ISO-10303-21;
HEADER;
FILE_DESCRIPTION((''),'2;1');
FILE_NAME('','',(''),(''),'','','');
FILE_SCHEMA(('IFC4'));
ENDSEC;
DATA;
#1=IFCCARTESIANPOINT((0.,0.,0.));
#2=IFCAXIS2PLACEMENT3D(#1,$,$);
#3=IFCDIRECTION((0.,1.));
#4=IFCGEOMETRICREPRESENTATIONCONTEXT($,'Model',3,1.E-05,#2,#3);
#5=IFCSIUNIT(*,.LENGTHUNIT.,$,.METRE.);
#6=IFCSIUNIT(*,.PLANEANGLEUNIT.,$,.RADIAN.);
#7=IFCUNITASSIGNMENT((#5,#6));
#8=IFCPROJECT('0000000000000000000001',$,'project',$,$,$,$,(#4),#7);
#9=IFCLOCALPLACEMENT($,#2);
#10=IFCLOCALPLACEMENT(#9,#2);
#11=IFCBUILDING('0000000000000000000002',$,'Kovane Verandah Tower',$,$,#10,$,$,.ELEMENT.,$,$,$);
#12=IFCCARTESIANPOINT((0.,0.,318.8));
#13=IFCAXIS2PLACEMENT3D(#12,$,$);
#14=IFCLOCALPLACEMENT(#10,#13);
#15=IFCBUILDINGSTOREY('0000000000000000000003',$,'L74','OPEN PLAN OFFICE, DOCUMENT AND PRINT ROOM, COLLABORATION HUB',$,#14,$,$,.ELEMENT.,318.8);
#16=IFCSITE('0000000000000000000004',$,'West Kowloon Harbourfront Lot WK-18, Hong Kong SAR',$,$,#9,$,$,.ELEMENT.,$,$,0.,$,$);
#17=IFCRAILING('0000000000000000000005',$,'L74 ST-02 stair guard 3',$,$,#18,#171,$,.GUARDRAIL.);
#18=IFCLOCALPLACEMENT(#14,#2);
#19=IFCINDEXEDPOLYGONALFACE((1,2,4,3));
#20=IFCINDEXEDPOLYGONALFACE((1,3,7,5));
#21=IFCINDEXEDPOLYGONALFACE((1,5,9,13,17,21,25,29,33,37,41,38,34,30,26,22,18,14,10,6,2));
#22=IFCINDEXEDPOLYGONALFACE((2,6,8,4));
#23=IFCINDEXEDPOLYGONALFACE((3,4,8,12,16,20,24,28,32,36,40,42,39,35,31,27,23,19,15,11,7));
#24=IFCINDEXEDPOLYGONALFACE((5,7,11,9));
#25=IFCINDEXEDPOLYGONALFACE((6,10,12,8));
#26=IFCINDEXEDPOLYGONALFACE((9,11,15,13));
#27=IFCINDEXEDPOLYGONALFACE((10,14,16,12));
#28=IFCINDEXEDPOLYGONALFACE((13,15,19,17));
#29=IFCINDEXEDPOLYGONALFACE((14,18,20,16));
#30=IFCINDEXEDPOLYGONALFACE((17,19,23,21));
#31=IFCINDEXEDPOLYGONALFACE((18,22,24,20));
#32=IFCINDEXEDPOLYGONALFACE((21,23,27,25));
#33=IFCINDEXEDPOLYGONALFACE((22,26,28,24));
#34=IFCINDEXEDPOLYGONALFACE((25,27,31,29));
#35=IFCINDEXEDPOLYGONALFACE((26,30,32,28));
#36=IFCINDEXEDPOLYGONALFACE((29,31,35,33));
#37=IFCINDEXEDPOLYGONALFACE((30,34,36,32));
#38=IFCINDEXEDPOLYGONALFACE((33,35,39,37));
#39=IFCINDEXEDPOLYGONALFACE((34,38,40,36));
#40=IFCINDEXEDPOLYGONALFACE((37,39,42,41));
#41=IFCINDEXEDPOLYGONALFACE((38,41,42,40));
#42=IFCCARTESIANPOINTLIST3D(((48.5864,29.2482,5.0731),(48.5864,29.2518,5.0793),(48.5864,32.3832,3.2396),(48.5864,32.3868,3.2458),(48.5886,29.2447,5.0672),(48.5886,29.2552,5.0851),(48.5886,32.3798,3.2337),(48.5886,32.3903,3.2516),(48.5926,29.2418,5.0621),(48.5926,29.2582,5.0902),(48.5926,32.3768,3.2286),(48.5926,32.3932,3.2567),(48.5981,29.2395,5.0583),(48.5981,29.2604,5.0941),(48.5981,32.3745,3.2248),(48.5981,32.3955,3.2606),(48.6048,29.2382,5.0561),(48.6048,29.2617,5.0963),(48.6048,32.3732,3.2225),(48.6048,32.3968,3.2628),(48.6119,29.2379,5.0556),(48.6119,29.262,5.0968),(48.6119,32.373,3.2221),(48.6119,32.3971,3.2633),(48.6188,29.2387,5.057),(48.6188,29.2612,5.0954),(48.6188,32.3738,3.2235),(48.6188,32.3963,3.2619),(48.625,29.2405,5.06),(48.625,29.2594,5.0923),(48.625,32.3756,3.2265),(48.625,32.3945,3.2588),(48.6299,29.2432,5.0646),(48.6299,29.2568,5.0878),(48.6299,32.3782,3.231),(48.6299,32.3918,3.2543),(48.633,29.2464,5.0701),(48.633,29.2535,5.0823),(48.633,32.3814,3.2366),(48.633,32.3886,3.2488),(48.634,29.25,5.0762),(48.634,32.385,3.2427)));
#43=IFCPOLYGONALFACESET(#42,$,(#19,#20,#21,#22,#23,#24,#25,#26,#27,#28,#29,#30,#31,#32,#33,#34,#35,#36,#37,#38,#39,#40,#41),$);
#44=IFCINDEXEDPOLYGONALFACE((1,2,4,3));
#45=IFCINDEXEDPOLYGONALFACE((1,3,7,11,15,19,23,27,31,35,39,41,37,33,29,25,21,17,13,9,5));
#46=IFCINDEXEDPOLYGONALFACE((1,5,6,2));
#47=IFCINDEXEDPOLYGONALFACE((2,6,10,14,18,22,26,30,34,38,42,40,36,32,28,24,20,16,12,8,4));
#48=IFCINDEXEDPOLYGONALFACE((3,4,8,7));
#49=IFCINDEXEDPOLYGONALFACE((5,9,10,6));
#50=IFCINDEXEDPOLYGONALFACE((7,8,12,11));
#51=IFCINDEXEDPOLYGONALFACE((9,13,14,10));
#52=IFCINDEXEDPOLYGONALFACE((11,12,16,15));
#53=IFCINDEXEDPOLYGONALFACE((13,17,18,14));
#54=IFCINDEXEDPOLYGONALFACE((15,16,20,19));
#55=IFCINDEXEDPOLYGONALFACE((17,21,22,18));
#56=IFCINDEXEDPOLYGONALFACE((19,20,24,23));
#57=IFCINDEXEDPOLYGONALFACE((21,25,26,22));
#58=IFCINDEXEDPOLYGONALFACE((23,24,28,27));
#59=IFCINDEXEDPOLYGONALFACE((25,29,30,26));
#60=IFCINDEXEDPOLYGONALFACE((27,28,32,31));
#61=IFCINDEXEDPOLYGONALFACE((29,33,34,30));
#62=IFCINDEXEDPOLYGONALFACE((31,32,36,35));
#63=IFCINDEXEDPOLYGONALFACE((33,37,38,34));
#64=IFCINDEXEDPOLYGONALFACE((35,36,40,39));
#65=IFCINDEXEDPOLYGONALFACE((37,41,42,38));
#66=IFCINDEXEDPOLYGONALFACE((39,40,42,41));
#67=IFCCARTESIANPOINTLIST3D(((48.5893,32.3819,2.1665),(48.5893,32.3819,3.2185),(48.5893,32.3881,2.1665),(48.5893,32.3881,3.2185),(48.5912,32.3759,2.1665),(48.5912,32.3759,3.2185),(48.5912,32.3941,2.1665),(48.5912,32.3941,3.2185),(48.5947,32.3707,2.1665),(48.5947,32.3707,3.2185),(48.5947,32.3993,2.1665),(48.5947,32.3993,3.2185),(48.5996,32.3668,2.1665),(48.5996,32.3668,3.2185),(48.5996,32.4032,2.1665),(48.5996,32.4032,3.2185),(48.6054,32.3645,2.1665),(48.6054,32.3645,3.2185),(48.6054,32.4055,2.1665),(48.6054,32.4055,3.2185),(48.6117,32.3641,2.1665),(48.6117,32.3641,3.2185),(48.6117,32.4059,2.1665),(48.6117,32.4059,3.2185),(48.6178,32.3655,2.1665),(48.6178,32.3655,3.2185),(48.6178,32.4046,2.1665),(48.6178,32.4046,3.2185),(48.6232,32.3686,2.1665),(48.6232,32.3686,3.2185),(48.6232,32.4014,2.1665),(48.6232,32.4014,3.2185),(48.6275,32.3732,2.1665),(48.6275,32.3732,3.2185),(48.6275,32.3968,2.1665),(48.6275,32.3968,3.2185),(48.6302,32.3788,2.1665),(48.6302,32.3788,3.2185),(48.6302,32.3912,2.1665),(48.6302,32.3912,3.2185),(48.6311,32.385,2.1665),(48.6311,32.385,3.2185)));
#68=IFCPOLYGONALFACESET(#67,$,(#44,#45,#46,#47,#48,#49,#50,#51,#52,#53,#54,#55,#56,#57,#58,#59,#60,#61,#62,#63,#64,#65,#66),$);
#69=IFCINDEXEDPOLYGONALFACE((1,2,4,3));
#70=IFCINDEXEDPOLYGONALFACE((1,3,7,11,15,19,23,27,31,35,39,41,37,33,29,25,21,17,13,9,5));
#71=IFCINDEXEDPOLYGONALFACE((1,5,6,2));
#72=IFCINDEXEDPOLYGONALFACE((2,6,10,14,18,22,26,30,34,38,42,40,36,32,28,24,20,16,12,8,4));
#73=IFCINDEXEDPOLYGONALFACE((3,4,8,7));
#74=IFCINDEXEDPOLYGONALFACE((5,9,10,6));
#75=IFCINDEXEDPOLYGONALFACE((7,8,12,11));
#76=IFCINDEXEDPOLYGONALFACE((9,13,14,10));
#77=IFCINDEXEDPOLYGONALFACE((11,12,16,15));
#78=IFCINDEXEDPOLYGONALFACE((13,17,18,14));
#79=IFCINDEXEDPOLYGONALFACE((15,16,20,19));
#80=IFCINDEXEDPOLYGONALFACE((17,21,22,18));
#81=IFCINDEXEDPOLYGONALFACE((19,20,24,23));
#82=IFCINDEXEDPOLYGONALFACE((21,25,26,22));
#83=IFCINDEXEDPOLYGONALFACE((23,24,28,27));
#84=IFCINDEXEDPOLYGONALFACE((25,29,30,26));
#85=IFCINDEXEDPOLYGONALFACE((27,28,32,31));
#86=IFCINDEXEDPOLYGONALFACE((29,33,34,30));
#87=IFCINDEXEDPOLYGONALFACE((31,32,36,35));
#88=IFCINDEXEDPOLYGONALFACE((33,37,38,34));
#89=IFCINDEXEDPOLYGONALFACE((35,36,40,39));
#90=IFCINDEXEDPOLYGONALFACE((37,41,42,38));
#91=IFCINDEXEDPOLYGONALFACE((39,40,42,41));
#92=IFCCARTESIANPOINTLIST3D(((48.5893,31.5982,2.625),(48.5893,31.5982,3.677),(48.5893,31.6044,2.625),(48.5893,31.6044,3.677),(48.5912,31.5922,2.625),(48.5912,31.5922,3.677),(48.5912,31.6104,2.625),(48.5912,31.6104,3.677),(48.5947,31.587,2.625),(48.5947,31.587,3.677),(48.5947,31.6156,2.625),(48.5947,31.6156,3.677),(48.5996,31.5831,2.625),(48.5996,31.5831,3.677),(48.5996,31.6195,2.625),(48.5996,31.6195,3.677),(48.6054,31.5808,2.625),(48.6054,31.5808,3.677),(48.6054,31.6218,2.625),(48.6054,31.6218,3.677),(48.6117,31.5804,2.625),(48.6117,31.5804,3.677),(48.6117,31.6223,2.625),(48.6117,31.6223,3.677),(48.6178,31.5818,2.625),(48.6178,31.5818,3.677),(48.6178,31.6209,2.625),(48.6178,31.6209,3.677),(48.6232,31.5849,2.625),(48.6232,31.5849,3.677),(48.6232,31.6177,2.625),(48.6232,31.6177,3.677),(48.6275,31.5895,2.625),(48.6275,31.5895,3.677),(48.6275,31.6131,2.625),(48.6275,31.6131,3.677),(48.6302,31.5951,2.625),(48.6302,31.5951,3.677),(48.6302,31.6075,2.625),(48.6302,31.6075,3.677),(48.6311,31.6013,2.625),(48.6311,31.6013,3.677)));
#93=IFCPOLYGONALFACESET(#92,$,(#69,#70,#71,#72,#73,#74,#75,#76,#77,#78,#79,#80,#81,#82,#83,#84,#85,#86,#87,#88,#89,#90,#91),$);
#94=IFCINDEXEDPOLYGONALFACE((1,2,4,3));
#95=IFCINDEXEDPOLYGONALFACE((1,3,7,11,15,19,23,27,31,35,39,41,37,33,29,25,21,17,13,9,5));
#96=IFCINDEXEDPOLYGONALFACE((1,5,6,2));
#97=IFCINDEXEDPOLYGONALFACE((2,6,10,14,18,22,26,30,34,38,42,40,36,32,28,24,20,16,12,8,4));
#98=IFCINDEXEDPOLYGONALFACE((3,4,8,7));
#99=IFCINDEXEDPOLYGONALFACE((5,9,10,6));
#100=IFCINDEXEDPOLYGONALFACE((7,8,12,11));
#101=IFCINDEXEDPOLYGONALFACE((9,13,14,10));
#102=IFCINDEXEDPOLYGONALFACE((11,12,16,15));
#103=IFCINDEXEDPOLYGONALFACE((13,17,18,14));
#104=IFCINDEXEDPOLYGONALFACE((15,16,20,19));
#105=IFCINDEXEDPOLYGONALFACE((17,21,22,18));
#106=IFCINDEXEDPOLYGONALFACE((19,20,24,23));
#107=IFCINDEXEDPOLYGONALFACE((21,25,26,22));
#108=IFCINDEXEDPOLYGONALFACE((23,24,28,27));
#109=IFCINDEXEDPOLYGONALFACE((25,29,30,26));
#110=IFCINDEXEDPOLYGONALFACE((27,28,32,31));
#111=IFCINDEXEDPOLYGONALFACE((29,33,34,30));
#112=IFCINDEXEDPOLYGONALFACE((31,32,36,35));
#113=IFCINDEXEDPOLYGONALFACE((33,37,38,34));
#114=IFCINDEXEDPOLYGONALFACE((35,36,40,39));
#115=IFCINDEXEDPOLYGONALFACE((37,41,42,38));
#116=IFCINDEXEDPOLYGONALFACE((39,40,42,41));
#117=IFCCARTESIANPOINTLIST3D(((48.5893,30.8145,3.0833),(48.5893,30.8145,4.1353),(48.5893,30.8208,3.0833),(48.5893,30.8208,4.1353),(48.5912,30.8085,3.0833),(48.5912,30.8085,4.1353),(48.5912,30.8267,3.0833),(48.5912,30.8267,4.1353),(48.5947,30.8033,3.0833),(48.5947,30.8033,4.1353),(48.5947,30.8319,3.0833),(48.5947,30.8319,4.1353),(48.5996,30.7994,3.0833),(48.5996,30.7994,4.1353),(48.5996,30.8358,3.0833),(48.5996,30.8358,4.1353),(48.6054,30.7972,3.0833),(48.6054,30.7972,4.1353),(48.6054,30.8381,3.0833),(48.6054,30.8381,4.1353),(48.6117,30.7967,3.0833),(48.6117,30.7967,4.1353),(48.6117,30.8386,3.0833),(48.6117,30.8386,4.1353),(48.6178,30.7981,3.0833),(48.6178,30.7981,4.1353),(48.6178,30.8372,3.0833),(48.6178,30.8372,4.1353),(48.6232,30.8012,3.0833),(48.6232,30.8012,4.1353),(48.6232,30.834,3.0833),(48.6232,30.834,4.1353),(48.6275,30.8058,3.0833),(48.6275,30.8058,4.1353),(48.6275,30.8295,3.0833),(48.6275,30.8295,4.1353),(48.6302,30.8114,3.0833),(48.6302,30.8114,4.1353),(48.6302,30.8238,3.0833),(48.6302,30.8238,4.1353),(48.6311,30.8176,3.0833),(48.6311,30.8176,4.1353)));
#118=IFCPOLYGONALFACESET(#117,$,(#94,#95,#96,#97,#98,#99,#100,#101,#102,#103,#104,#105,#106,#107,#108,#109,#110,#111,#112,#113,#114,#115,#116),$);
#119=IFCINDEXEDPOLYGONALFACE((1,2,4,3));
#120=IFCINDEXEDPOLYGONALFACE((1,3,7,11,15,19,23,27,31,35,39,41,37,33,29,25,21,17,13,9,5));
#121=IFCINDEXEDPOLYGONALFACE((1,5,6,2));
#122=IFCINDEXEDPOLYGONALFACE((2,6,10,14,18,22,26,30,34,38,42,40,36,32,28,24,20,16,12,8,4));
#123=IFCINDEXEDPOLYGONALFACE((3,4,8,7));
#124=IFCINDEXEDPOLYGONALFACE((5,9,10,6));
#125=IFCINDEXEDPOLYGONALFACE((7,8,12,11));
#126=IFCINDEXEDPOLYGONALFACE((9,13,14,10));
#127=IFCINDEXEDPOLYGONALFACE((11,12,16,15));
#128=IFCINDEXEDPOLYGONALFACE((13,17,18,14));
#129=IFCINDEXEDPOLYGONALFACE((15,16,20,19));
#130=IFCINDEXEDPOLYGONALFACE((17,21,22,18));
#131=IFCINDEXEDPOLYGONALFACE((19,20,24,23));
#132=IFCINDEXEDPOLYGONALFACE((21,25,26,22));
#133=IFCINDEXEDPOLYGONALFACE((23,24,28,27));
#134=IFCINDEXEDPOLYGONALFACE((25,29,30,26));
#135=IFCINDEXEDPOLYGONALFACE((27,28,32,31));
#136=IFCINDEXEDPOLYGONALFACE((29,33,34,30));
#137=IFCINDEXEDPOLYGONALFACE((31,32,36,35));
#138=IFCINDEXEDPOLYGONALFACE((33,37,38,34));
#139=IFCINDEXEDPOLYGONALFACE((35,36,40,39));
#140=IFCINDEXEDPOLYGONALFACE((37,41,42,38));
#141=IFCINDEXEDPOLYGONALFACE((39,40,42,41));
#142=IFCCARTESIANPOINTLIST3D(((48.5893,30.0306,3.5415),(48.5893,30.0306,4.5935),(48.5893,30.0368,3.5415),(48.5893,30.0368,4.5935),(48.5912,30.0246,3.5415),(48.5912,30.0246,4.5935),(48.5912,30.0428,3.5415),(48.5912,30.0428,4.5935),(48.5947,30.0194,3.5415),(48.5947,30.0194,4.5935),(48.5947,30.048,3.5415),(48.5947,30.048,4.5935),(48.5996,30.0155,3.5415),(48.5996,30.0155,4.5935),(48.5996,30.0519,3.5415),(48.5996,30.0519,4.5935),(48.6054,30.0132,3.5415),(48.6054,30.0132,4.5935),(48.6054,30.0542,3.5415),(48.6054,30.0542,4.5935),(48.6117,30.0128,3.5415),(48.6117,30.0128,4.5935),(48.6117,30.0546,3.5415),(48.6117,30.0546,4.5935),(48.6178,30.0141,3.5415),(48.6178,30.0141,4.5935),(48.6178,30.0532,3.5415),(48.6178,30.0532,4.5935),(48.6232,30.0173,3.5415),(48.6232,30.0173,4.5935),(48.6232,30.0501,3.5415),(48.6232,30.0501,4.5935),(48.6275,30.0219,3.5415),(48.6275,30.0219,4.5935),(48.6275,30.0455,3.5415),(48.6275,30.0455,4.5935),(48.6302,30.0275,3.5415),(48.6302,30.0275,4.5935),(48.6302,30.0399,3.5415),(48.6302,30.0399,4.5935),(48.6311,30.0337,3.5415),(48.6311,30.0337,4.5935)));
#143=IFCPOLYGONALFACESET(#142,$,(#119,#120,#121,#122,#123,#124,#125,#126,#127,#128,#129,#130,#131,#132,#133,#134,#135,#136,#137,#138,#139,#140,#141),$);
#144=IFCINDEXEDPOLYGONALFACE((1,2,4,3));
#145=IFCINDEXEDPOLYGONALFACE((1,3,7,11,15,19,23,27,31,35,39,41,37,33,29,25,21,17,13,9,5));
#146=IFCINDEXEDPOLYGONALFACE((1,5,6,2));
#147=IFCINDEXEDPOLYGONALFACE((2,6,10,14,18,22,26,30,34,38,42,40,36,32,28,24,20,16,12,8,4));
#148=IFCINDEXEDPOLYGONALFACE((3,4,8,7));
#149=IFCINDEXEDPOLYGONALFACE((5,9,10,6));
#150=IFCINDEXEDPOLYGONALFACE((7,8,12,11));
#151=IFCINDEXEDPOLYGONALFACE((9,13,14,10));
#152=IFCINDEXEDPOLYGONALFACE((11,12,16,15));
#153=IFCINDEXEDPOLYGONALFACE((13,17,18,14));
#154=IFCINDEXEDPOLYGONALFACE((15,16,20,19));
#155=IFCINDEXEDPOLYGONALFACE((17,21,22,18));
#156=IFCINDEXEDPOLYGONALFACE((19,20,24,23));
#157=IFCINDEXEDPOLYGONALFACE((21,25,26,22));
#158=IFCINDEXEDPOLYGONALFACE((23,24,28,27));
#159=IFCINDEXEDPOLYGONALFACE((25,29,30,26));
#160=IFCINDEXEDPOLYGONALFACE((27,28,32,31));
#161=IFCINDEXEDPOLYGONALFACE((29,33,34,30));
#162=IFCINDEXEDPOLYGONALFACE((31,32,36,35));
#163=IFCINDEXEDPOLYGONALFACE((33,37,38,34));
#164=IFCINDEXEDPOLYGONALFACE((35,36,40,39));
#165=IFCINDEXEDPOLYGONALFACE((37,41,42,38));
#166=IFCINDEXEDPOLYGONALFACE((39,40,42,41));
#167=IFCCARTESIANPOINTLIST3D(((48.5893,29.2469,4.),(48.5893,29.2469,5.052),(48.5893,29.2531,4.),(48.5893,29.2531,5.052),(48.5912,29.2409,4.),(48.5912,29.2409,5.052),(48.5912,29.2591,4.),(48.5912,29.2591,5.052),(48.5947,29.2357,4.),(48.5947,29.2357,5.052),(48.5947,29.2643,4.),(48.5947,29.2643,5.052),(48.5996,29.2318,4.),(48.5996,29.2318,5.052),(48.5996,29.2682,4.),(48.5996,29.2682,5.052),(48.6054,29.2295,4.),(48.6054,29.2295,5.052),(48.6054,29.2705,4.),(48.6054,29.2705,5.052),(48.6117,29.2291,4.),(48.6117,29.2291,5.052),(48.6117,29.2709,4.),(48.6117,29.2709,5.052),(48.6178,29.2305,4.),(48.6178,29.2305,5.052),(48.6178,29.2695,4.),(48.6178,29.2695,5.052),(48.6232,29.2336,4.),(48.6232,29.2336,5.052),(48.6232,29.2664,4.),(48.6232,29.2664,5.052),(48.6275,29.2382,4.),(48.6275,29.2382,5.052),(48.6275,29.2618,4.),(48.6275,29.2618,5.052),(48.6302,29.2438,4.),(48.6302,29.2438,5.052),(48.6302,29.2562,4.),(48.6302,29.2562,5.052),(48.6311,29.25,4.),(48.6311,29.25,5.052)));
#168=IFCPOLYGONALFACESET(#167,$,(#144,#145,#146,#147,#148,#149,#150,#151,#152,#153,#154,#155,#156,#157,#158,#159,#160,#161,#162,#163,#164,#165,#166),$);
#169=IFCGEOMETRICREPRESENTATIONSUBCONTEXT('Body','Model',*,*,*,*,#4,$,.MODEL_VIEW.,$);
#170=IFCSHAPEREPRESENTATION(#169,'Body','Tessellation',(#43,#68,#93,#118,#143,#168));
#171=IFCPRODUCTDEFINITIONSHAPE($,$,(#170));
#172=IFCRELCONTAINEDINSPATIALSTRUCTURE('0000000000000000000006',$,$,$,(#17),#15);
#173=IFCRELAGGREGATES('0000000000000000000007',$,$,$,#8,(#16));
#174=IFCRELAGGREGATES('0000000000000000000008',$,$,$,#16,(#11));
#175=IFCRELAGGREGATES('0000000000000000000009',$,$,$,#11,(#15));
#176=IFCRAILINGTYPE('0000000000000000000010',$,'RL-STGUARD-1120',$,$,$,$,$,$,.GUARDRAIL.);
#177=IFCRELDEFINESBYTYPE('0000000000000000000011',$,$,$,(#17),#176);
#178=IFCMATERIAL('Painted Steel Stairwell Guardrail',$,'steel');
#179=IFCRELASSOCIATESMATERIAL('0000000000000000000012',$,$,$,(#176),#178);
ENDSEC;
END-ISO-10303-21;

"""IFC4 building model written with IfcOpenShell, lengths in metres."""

from ifc_helpers import new_model, si_unit, direction, frame, origin, origin_2d, place, context, subcontext, project, spatial, circle, extrude, material, type_object, element, save


model = new_model("IFC4")

# Units and contexts
model_context = context("Model", 3, precision=1e-05, world=origin(), true_north=direction((0.0, 1.0)))
body_context = subcontext(model_context, "Body", "Model", "MODEL_VIEW")
ifc_project = project(units=[si_unit("LENGTHUNIT", "METRE"), si_unit("PLANEANGLEUNIT", "RADIAN")], contexts=[model_context])

# Site, building, storey
site_placement = place(None, origin())
site = spatial("IfcSite", under=ifc_project, at=site_placement, Name="West Kowloon Harbourfront Lot WK-18, Hong Kong SAR", CompositionType="ELEMENT", RefElevation=0.0)
building_placement = place(site_placement, origin())
building = spatial("IfcBuilding", under=site, at=building_placement, Name="Kovane Verandah Tower", CompositionType="ELEMENT")
storey_placement = place(building_placement, frame((0.0, 0.0, 318.8)))
storey = spatial("IfcBuildingStorey", under=building, at=storey_placement, Name="L74", Description="OPEN PLAN OFFICE, DOCUMENT AND PRINT ROOM, COLLABORATION HUB", CompositionType="ELEMENT", Elevation=318.8)

# Railing
ifc_material_1 = material(Name="Painted Steel Stairwell Guardrail", Category="steel")
railing_type_1 = type_object("IfcRailingType", Name="RL-STGUARD-1120", PredefinedType="GUARDRAIL", material=ifc_material_1)
railing_1_placement = place(storey_placement, frame((48.6101, 32.385, 2.1665)))
element("IfcRailing", 1, at=railing_1_placement, inside=storey, type_object=railing_type_1, Name="L74 ST-02 stair guard 3", PredefinedType="GUARDRAIL", context=body_context, shape_type="SweptSolid", body=[
    extrude(circle(Radius=0.0239, at=origin_2d()), frame((0.0, 0.0, 1.0762), z_axis=(0.0, -0.86321, 0.504845), x_axis=(1.0, 0.0, 0.0)), (0.0, 0.0, 1.0), 3.6318),
    extrude(circle(Radius=0.021, at=origin_2d()), origin(), (0.0, 0.0, 1.0), 1.052),
    extrude(circle(Radius=0.021, at=origin_2d()), frame((0.0, -0.7837, 0.4585)), (0.0, 0.0, 1.0), 1.052),
    extrude(circle(Radius=0.021, at=origin_2d()), frame((0.0, -1.5674, 0.9167)), (0.0, 0.0, 1.0), 1.052),
    extrude(circle(Radius=0.021, at=origin_2d()), frame((0.0, -2.3513, 1.375)), (0.0, 0.0, 1.0), 1.052),
    extrude(circle(Radius=0.021, at=origin_2d()), frame((0.0, -3.135, 1.8335)), (0.0, 0.0, 1.0), 1.052),
])

save(model, "model.ifc")
